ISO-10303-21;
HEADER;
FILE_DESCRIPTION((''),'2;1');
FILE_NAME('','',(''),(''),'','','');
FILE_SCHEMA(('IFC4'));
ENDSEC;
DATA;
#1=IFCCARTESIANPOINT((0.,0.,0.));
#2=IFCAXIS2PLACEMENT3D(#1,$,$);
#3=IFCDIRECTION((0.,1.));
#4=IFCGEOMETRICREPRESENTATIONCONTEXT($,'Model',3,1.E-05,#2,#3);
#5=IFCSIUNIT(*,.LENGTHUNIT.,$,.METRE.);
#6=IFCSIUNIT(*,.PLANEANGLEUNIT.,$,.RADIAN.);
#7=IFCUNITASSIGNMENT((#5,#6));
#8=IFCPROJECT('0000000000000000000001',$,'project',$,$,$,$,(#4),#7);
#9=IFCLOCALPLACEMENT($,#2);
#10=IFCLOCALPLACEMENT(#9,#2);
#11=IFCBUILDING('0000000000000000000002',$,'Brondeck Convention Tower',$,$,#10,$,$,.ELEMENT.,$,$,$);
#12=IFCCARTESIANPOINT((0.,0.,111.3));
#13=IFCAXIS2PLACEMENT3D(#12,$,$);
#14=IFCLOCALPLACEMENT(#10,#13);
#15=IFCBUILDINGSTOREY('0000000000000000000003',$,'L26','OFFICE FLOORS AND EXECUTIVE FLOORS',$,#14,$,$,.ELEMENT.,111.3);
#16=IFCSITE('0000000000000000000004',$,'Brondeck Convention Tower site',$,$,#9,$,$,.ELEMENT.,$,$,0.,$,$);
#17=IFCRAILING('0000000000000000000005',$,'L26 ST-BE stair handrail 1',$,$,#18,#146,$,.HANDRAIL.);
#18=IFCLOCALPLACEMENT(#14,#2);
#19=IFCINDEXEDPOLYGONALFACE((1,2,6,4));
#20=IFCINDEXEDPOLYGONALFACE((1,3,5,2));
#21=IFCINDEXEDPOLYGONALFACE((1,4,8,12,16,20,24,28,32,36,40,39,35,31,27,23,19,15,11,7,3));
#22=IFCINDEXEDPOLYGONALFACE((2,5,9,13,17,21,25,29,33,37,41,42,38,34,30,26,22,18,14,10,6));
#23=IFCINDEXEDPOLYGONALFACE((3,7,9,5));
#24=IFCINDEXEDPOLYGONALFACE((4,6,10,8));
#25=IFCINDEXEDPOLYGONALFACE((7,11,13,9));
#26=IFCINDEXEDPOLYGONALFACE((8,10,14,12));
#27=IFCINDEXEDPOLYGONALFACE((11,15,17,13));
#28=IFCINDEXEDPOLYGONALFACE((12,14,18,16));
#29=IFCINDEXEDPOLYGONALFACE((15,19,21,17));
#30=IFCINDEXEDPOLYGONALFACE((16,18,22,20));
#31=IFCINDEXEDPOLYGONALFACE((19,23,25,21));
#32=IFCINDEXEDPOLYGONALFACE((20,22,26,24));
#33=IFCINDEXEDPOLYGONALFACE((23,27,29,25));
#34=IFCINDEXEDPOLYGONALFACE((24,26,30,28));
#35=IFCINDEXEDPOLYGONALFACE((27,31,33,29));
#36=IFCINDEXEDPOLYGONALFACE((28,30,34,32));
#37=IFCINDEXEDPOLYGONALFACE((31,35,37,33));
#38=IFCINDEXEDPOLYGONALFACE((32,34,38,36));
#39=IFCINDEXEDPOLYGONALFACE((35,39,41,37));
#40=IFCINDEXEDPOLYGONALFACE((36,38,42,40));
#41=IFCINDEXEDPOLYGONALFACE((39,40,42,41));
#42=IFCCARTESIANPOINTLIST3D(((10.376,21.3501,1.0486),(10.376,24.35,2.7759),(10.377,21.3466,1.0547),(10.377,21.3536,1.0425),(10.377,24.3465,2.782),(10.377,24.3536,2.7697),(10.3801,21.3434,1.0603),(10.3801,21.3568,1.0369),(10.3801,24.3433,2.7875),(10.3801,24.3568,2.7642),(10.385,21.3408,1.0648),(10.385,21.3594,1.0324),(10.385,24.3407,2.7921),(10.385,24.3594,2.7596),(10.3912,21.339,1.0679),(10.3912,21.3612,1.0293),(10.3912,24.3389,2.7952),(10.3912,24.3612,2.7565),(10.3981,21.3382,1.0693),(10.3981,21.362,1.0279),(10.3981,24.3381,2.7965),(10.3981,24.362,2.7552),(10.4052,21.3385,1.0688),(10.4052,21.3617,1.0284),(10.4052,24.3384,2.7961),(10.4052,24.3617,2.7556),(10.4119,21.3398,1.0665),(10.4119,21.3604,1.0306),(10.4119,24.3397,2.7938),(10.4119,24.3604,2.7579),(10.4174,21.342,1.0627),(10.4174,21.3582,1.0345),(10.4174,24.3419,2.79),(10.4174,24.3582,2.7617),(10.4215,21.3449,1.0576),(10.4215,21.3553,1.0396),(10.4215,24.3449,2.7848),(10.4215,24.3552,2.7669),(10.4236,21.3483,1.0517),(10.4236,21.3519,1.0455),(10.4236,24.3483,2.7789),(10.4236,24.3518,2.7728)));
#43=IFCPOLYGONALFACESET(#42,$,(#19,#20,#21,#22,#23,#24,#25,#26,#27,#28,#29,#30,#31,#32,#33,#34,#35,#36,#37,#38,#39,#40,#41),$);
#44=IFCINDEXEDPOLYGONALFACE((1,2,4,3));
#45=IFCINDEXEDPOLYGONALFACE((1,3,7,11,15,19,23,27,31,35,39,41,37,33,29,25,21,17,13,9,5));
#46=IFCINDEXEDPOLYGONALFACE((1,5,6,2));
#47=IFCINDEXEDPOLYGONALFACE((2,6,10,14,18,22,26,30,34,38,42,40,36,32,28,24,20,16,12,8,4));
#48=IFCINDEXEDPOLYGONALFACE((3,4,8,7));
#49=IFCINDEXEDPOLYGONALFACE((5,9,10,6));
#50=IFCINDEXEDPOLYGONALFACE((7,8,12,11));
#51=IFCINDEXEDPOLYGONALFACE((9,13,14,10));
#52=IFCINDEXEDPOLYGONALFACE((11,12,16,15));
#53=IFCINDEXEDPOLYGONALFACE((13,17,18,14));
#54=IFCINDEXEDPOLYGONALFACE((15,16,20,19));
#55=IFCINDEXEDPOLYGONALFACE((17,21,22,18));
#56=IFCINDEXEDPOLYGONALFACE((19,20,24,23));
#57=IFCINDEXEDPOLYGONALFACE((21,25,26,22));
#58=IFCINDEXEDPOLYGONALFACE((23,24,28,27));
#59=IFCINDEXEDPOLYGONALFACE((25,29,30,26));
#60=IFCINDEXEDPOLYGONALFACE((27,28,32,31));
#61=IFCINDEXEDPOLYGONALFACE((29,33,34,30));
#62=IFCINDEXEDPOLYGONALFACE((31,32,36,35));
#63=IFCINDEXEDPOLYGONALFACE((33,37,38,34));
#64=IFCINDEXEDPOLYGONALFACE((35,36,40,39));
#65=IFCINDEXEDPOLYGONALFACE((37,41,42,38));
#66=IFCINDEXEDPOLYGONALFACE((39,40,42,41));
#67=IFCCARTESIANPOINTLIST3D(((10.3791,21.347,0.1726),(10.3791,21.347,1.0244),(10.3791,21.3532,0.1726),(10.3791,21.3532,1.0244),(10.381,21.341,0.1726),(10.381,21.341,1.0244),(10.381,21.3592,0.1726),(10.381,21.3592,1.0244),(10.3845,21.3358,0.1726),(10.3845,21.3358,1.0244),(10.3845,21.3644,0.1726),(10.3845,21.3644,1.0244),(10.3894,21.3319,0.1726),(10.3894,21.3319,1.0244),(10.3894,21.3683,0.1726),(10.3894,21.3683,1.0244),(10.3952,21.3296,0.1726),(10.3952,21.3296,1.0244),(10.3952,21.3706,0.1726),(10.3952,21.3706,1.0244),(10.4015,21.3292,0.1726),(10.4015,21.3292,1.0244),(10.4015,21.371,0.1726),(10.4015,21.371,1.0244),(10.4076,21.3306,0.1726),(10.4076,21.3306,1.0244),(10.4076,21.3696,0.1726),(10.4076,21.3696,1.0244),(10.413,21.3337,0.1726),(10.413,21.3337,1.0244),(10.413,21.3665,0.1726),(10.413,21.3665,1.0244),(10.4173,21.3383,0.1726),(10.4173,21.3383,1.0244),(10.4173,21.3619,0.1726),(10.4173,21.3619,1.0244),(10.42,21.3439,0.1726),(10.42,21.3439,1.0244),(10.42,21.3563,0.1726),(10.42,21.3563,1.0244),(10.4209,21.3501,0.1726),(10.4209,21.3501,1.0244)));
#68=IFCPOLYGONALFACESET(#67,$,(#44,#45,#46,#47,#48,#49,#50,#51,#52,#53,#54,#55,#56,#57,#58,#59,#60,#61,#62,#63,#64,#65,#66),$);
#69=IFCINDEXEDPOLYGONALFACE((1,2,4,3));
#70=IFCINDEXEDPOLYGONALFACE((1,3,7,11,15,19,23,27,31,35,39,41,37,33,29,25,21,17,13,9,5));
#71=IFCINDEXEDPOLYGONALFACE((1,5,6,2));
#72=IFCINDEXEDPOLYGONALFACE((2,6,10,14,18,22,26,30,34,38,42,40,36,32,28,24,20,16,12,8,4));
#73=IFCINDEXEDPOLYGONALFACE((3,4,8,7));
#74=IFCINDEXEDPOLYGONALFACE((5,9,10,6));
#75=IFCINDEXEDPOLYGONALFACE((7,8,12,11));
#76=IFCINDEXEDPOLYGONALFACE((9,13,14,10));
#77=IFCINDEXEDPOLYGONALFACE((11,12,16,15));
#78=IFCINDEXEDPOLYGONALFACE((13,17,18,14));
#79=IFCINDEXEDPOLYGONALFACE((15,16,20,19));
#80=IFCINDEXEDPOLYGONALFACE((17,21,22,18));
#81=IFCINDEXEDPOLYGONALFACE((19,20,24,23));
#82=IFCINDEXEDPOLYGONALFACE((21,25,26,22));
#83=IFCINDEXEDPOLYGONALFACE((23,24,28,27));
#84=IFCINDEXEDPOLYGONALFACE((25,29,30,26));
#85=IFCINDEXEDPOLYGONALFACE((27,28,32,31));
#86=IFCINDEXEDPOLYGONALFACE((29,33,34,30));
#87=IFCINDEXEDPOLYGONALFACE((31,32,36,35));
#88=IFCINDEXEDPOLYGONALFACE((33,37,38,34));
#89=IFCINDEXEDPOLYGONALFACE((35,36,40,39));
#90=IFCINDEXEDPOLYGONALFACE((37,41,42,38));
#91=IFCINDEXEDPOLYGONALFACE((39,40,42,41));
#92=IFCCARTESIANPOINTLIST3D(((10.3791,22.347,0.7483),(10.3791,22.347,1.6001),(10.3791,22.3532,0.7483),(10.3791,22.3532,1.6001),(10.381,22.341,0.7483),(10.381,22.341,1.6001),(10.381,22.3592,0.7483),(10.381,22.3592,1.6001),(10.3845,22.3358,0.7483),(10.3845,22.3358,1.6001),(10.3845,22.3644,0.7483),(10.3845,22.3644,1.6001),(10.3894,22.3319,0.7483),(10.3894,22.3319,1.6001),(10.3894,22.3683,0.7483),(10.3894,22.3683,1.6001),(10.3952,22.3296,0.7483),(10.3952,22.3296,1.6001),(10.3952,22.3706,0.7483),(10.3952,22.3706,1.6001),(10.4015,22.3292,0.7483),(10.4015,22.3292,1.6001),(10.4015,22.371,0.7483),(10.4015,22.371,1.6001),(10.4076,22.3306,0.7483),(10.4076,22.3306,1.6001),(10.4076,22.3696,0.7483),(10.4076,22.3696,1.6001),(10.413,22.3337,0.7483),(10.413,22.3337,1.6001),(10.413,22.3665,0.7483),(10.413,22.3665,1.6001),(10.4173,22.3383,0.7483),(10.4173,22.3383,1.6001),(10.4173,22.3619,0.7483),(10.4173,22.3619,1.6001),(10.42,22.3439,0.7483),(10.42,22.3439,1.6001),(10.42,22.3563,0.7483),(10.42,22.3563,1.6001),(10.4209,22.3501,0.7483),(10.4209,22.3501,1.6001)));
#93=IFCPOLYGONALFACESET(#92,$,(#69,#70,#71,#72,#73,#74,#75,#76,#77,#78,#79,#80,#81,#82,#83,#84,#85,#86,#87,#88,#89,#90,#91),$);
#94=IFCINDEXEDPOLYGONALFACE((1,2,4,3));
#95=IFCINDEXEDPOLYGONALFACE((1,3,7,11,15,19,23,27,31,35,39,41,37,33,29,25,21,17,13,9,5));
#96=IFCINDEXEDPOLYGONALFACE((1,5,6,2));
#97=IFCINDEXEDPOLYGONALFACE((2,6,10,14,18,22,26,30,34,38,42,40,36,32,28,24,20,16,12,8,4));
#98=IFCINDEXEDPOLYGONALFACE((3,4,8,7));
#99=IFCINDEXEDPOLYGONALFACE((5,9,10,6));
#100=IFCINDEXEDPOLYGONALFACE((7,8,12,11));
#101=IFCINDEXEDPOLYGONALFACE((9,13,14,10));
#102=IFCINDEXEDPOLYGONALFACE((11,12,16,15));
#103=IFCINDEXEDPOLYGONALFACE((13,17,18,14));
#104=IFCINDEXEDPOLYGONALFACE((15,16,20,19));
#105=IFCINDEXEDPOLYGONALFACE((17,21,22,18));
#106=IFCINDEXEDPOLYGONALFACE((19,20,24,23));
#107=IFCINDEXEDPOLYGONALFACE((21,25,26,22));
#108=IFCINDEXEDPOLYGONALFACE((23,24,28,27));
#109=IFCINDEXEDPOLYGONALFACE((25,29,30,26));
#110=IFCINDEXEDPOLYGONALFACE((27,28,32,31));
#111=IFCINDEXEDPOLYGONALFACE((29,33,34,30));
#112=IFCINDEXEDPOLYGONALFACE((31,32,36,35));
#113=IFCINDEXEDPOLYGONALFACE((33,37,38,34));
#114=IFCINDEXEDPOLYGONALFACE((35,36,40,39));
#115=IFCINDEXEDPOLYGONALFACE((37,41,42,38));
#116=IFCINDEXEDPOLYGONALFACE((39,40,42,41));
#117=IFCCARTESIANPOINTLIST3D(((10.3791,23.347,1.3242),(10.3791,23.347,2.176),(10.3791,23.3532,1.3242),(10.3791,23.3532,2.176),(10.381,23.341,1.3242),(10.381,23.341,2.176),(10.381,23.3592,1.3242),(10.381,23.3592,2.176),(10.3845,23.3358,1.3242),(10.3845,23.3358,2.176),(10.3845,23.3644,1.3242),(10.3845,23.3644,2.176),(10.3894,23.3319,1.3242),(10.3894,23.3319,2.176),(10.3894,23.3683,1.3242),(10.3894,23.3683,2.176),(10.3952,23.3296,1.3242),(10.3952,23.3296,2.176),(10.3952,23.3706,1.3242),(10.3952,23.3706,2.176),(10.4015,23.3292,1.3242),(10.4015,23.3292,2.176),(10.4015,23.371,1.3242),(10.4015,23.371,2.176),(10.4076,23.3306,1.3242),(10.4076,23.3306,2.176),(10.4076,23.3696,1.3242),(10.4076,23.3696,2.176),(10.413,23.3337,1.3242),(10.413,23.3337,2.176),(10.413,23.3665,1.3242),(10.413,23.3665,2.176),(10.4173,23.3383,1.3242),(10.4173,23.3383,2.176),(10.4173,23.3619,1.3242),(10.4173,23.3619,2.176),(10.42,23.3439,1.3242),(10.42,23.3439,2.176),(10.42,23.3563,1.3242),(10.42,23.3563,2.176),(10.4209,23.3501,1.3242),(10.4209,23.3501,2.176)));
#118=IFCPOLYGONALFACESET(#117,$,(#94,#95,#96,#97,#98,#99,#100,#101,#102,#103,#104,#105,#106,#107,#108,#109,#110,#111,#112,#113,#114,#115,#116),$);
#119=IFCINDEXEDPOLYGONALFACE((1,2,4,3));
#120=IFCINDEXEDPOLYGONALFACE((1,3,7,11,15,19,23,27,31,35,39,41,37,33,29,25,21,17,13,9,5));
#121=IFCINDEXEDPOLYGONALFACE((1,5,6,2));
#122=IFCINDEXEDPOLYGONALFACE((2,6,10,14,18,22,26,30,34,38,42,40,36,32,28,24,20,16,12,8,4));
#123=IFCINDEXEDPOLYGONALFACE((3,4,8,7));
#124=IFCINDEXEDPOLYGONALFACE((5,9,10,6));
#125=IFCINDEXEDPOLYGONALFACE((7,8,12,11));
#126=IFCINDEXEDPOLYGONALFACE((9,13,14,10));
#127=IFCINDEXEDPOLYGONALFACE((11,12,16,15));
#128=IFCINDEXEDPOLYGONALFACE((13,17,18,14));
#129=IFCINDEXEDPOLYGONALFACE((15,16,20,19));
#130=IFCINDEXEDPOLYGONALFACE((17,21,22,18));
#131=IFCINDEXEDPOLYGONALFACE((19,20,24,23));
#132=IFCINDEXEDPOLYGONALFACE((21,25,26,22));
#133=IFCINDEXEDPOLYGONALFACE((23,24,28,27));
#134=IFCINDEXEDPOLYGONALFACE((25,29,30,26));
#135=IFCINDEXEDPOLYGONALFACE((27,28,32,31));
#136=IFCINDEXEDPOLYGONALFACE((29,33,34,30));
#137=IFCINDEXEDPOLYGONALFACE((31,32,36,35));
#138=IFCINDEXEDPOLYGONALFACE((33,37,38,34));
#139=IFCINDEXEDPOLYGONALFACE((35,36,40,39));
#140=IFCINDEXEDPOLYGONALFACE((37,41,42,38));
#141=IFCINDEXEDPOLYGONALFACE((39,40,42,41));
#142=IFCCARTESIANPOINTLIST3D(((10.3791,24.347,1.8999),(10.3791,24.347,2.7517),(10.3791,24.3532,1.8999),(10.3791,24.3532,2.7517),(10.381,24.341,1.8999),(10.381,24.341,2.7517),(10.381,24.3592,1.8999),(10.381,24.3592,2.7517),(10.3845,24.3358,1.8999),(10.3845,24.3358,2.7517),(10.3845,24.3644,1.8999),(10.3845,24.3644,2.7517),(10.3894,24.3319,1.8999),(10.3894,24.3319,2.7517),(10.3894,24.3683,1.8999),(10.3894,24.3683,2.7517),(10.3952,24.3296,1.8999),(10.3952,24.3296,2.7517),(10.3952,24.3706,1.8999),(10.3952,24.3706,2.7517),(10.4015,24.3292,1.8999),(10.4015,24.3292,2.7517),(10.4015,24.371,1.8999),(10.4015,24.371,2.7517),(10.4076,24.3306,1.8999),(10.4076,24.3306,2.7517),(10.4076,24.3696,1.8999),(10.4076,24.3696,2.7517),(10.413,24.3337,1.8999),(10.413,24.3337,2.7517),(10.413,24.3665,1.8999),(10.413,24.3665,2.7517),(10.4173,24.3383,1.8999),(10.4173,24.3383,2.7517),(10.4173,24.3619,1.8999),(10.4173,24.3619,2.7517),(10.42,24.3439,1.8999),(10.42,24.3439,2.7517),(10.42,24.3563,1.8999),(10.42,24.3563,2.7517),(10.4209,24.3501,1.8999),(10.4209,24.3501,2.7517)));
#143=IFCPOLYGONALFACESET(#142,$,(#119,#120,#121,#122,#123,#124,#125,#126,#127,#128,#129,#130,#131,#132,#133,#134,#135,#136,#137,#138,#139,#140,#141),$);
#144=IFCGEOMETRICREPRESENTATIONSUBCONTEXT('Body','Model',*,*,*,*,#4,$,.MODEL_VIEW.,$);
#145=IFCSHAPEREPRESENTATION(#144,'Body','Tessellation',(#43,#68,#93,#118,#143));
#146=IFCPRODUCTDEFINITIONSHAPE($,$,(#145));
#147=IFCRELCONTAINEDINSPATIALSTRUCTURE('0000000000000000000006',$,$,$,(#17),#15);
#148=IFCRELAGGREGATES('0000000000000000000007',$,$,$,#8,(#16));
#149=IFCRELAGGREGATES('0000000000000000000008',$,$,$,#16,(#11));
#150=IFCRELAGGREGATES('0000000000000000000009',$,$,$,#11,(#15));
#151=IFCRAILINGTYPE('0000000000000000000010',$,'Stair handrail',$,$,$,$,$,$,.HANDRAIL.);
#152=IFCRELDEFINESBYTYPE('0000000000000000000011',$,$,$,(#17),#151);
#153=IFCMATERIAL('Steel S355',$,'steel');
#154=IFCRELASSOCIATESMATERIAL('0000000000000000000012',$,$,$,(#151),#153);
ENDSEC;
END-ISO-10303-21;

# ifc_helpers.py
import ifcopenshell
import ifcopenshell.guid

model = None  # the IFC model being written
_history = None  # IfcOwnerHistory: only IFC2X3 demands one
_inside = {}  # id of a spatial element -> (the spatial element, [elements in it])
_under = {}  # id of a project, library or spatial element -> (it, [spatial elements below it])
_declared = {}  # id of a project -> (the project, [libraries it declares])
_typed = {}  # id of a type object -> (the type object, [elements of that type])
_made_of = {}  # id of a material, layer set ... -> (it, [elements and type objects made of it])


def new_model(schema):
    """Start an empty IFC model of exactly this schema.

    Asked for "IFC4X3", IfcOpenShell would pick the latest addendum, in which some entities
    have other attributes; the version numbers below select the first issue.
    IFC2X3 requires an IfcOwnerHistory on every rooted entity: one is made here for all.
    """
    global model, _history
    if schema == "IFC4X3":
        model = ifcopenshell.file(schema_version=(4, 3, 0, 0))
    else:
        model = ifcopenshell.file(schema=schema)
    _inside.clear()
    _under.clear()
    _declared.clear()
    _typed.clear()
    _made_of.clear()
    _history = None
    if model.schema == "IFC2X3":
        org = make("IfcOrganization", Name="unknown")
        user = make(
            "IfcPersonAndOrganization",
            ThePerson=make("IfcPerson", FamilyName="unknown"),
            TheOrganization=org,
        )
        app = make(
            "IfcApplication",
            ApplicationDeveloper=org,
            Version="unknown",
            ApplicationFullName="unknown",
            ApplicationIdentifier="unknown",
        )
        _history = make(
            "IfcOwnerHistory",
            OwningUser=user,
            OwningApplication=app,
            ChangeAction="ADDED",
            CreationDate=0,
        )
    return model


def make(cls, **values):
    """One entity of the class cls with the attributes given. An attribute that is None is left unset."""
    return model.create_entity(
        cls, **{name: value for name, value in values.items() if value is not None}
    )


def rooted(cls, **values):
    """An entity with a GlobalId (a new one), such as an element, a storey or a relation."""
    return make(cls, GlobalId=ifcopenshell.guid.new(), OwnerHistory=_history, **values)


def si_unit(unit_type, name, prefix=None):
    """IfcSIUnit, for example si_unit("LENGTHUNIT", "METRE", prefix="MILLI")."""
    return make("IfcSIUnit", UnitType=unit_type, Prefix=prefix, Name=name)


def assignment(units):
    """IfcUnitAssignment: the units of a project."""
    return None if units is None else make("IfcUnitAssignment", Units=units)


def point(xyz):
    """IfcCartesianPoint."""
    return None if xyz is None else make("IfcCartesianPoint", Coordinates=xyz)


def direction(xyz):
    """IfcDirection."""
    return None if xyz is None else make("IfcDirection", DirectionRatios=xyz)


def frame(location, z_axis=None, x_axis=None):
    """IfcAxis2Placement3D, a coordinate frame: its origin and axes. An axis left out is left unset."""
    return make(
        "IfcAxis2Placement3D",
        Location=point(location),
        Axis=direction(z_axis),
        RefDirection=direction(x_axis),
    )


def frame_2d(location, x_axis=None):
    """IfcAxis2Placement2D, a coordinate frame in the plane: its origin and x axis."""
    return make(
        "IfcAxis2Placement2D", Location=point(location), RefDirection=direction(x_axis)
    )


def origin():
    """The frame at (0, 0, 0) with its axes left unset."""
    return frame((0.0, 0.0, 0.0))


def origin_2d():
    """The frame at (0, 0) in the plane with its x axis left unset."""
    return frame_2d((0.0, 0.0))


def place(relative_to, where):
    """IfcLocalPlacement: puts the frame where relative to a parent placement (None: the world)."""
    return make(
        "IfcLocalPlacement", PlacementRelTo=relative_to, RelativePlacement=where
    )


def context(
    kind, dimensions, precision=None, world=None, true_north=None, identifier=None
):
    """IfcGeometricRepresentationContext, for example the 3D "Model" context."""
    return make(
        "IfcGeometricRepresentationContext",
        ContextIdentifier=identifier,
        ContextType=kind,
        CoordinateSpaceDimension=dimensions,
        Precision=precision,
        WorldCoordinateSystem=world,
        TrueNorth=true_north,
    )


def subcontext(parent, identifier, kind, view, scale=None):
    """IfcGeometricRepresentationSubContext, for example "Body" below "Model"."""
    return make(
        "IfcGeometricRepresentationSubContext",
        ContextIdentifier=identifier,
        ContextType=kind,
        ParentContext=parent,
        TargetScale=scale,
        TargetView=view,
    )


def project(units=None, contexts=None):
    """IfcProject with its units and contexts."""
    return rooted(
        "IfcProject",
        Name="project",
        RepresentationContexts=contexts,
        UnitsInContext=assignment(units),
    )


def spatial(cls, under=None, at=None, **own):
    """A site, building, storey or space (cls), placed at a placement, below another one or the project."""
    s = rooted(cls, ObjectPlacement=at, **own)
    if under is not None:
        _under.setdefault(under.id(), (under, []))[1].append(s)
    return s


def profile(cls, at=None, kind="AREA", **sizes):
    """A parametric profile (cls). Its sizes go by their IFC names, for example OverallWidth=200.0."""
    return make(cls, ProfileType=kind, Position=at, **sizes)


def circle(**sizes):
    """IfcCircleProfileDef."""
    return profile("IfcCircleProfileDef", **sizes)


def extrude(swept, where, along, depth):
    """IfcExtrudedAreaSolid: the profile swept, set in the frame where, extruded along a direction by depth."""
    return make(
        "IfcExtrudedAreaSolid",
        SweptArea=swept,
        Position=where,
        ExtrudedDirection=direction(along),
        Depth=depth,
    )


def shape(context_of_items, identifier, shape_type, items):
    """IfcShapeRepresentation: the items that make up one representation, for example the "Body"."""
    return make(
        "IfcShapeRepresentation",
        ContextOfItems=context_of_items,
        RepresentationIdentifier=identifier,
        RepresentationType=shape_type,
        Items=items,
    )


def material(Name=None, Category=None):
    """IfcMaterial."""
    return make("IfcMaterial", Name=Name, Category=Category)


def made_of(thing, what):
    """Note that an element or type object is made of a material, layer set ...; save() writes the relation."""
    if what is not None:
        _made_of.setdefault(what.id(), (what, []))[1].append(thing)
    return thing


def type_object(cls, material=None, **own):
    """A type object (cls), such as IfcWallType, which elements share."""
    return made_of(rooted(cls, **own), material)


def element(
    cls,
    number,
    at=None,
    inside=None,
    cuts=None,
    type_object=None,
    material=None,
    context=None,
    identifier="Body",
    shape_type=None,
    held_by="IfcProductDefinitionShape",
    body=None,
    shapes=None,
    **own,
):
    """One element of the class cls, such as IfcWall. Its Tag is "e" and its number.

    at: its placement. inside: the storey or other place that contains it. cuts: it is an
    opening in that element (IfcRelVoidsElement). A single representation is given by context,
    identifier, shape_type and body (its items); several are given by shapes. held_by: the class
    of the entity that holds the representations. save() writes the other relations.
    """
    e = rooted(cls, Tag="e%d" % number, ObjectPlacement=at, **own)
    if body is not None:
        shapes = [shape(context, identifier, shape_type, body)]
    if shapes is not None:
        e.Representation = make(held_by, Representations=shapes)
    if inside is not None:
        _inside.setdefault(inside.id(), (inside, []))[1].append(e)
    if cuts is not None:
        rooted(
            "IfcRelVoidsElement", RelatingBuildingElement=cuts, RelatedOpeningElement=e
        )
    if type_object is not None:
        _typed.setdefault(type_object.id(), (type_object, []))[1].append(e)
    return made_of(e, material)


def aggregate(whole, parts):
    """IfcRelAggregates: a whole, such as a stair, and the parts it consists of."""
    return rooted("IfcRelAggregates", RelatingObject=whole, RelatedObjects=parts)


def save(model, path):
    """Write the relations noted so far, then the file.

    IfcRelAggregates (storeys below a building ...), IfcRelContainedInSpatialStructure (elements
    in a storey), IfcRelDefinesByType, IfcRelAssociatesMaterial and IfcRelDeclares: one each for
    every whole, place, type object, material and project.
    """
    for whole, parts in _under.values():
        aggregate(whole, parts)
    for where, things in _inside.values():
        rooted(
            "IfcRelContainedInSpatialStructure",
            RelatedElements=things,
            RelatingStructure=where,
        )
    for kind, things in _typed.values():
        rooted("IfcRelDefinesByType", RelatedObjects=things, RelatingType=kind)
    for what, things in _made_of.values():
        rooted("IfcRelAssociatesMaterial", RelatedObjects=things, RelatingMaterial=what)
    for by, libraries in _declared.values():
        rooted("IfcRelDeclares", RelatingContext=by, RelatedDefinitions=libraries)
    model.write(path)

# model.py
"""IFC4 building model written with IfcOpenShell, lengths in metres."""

from ifc_helpers import new_model, si_unit, direction, frame, origin, origin_2d, place, context, subcontext, project, spatial, circle, extrude, material, type_object, element, save


model = new_model("IFC4")

# Units and contexts
model_context = context("Model", 3, precision=1e-05, world=origin(), true_north=direction((0.0, 1.0)))
body_context = subcontext(model_context, "Body", "Model", "MODEL_VIEW")
ifc_project = project(units=[si_unit("LENGTHUNIT", "METRE"), si_unit("PLANEANGLEUNIT", "RADIAN")], contexts=[model_context])

# Site, building, storey
site_placement = place(None, origin())
site = spatial("IfcSite", under=ifc_project, at=site_placement, Name="Brondeck Convention Tower site", CompositionType="ELEMENT", RefElevation=0.0)
building_placement = place(site_placement, origin())
building = spatial("IfcBuilding", under=site, at=building_placement, Name="Brondeck Convention Tower", CompositionType="ELEMENT")
storey_placement = place(building_placement, frame((0.0, 0.0, 111.3)))
storey = spatial("IfcBuildingStorey", under=building, at=storey_placement, Name="L26", Description="OFFICE FLOORS AND EXECUTIVE FLOORS", CompositionType="ELEMENT", Elevation=111.3)

# Shared definitions
ifc_material_1 = material(Name="Steel S355", Category="steel")

# Railing
railing_type_1 = type_object("IfcRailingType", Name="Stair handrail", PredefinedType="HANDRAIL", material=ifc_material_1)
railing_1_placement = place(storey_placement, frame((10.3999, 21.3501, 0.1726)))
element("IfcRailing", 1, at=railing_1_placement, inside=storey, type_object=railing_type_1, Name="L26 ST-BE stair handrail 1", PredefinedType="HANDRAIL", context=body_context, shape_type="SweptSolid", body=[
    extrude(circle(Radius=0.0239, at=origin_2d()), frame((0.0, 0.0, 0.876), z_axis=(0.0, 0.86662, 0.498969), x_axis=(-1.0, 0.0, 0.0)), (0.0, 0.0, 1.0), 3.4617),
    extrude(circle(Radius=0.021, at=origin_2d()), origin(), (0.0, 0.0, 1.0), 0.8518),
    extrude(circle(Radius=0.021, at=origin_2d()), frame((0.0, 1.0, 0.5757)), (0.0, 0.0, 1.0), 0.8518),
    extrude(circle(Radius=0.021, at=origin_2d()), frame((0.0, 2.0, 1.1516)), (0.0, 0.0, 1.0), 0.8518),
    extrude(circle(Radius=0.021, at=origin_2d()), frame((0.0, 3.0, 1.7273)), (0.0, 0.0, 1.0), 0.8518),
])

save(model, "model.ifc")
